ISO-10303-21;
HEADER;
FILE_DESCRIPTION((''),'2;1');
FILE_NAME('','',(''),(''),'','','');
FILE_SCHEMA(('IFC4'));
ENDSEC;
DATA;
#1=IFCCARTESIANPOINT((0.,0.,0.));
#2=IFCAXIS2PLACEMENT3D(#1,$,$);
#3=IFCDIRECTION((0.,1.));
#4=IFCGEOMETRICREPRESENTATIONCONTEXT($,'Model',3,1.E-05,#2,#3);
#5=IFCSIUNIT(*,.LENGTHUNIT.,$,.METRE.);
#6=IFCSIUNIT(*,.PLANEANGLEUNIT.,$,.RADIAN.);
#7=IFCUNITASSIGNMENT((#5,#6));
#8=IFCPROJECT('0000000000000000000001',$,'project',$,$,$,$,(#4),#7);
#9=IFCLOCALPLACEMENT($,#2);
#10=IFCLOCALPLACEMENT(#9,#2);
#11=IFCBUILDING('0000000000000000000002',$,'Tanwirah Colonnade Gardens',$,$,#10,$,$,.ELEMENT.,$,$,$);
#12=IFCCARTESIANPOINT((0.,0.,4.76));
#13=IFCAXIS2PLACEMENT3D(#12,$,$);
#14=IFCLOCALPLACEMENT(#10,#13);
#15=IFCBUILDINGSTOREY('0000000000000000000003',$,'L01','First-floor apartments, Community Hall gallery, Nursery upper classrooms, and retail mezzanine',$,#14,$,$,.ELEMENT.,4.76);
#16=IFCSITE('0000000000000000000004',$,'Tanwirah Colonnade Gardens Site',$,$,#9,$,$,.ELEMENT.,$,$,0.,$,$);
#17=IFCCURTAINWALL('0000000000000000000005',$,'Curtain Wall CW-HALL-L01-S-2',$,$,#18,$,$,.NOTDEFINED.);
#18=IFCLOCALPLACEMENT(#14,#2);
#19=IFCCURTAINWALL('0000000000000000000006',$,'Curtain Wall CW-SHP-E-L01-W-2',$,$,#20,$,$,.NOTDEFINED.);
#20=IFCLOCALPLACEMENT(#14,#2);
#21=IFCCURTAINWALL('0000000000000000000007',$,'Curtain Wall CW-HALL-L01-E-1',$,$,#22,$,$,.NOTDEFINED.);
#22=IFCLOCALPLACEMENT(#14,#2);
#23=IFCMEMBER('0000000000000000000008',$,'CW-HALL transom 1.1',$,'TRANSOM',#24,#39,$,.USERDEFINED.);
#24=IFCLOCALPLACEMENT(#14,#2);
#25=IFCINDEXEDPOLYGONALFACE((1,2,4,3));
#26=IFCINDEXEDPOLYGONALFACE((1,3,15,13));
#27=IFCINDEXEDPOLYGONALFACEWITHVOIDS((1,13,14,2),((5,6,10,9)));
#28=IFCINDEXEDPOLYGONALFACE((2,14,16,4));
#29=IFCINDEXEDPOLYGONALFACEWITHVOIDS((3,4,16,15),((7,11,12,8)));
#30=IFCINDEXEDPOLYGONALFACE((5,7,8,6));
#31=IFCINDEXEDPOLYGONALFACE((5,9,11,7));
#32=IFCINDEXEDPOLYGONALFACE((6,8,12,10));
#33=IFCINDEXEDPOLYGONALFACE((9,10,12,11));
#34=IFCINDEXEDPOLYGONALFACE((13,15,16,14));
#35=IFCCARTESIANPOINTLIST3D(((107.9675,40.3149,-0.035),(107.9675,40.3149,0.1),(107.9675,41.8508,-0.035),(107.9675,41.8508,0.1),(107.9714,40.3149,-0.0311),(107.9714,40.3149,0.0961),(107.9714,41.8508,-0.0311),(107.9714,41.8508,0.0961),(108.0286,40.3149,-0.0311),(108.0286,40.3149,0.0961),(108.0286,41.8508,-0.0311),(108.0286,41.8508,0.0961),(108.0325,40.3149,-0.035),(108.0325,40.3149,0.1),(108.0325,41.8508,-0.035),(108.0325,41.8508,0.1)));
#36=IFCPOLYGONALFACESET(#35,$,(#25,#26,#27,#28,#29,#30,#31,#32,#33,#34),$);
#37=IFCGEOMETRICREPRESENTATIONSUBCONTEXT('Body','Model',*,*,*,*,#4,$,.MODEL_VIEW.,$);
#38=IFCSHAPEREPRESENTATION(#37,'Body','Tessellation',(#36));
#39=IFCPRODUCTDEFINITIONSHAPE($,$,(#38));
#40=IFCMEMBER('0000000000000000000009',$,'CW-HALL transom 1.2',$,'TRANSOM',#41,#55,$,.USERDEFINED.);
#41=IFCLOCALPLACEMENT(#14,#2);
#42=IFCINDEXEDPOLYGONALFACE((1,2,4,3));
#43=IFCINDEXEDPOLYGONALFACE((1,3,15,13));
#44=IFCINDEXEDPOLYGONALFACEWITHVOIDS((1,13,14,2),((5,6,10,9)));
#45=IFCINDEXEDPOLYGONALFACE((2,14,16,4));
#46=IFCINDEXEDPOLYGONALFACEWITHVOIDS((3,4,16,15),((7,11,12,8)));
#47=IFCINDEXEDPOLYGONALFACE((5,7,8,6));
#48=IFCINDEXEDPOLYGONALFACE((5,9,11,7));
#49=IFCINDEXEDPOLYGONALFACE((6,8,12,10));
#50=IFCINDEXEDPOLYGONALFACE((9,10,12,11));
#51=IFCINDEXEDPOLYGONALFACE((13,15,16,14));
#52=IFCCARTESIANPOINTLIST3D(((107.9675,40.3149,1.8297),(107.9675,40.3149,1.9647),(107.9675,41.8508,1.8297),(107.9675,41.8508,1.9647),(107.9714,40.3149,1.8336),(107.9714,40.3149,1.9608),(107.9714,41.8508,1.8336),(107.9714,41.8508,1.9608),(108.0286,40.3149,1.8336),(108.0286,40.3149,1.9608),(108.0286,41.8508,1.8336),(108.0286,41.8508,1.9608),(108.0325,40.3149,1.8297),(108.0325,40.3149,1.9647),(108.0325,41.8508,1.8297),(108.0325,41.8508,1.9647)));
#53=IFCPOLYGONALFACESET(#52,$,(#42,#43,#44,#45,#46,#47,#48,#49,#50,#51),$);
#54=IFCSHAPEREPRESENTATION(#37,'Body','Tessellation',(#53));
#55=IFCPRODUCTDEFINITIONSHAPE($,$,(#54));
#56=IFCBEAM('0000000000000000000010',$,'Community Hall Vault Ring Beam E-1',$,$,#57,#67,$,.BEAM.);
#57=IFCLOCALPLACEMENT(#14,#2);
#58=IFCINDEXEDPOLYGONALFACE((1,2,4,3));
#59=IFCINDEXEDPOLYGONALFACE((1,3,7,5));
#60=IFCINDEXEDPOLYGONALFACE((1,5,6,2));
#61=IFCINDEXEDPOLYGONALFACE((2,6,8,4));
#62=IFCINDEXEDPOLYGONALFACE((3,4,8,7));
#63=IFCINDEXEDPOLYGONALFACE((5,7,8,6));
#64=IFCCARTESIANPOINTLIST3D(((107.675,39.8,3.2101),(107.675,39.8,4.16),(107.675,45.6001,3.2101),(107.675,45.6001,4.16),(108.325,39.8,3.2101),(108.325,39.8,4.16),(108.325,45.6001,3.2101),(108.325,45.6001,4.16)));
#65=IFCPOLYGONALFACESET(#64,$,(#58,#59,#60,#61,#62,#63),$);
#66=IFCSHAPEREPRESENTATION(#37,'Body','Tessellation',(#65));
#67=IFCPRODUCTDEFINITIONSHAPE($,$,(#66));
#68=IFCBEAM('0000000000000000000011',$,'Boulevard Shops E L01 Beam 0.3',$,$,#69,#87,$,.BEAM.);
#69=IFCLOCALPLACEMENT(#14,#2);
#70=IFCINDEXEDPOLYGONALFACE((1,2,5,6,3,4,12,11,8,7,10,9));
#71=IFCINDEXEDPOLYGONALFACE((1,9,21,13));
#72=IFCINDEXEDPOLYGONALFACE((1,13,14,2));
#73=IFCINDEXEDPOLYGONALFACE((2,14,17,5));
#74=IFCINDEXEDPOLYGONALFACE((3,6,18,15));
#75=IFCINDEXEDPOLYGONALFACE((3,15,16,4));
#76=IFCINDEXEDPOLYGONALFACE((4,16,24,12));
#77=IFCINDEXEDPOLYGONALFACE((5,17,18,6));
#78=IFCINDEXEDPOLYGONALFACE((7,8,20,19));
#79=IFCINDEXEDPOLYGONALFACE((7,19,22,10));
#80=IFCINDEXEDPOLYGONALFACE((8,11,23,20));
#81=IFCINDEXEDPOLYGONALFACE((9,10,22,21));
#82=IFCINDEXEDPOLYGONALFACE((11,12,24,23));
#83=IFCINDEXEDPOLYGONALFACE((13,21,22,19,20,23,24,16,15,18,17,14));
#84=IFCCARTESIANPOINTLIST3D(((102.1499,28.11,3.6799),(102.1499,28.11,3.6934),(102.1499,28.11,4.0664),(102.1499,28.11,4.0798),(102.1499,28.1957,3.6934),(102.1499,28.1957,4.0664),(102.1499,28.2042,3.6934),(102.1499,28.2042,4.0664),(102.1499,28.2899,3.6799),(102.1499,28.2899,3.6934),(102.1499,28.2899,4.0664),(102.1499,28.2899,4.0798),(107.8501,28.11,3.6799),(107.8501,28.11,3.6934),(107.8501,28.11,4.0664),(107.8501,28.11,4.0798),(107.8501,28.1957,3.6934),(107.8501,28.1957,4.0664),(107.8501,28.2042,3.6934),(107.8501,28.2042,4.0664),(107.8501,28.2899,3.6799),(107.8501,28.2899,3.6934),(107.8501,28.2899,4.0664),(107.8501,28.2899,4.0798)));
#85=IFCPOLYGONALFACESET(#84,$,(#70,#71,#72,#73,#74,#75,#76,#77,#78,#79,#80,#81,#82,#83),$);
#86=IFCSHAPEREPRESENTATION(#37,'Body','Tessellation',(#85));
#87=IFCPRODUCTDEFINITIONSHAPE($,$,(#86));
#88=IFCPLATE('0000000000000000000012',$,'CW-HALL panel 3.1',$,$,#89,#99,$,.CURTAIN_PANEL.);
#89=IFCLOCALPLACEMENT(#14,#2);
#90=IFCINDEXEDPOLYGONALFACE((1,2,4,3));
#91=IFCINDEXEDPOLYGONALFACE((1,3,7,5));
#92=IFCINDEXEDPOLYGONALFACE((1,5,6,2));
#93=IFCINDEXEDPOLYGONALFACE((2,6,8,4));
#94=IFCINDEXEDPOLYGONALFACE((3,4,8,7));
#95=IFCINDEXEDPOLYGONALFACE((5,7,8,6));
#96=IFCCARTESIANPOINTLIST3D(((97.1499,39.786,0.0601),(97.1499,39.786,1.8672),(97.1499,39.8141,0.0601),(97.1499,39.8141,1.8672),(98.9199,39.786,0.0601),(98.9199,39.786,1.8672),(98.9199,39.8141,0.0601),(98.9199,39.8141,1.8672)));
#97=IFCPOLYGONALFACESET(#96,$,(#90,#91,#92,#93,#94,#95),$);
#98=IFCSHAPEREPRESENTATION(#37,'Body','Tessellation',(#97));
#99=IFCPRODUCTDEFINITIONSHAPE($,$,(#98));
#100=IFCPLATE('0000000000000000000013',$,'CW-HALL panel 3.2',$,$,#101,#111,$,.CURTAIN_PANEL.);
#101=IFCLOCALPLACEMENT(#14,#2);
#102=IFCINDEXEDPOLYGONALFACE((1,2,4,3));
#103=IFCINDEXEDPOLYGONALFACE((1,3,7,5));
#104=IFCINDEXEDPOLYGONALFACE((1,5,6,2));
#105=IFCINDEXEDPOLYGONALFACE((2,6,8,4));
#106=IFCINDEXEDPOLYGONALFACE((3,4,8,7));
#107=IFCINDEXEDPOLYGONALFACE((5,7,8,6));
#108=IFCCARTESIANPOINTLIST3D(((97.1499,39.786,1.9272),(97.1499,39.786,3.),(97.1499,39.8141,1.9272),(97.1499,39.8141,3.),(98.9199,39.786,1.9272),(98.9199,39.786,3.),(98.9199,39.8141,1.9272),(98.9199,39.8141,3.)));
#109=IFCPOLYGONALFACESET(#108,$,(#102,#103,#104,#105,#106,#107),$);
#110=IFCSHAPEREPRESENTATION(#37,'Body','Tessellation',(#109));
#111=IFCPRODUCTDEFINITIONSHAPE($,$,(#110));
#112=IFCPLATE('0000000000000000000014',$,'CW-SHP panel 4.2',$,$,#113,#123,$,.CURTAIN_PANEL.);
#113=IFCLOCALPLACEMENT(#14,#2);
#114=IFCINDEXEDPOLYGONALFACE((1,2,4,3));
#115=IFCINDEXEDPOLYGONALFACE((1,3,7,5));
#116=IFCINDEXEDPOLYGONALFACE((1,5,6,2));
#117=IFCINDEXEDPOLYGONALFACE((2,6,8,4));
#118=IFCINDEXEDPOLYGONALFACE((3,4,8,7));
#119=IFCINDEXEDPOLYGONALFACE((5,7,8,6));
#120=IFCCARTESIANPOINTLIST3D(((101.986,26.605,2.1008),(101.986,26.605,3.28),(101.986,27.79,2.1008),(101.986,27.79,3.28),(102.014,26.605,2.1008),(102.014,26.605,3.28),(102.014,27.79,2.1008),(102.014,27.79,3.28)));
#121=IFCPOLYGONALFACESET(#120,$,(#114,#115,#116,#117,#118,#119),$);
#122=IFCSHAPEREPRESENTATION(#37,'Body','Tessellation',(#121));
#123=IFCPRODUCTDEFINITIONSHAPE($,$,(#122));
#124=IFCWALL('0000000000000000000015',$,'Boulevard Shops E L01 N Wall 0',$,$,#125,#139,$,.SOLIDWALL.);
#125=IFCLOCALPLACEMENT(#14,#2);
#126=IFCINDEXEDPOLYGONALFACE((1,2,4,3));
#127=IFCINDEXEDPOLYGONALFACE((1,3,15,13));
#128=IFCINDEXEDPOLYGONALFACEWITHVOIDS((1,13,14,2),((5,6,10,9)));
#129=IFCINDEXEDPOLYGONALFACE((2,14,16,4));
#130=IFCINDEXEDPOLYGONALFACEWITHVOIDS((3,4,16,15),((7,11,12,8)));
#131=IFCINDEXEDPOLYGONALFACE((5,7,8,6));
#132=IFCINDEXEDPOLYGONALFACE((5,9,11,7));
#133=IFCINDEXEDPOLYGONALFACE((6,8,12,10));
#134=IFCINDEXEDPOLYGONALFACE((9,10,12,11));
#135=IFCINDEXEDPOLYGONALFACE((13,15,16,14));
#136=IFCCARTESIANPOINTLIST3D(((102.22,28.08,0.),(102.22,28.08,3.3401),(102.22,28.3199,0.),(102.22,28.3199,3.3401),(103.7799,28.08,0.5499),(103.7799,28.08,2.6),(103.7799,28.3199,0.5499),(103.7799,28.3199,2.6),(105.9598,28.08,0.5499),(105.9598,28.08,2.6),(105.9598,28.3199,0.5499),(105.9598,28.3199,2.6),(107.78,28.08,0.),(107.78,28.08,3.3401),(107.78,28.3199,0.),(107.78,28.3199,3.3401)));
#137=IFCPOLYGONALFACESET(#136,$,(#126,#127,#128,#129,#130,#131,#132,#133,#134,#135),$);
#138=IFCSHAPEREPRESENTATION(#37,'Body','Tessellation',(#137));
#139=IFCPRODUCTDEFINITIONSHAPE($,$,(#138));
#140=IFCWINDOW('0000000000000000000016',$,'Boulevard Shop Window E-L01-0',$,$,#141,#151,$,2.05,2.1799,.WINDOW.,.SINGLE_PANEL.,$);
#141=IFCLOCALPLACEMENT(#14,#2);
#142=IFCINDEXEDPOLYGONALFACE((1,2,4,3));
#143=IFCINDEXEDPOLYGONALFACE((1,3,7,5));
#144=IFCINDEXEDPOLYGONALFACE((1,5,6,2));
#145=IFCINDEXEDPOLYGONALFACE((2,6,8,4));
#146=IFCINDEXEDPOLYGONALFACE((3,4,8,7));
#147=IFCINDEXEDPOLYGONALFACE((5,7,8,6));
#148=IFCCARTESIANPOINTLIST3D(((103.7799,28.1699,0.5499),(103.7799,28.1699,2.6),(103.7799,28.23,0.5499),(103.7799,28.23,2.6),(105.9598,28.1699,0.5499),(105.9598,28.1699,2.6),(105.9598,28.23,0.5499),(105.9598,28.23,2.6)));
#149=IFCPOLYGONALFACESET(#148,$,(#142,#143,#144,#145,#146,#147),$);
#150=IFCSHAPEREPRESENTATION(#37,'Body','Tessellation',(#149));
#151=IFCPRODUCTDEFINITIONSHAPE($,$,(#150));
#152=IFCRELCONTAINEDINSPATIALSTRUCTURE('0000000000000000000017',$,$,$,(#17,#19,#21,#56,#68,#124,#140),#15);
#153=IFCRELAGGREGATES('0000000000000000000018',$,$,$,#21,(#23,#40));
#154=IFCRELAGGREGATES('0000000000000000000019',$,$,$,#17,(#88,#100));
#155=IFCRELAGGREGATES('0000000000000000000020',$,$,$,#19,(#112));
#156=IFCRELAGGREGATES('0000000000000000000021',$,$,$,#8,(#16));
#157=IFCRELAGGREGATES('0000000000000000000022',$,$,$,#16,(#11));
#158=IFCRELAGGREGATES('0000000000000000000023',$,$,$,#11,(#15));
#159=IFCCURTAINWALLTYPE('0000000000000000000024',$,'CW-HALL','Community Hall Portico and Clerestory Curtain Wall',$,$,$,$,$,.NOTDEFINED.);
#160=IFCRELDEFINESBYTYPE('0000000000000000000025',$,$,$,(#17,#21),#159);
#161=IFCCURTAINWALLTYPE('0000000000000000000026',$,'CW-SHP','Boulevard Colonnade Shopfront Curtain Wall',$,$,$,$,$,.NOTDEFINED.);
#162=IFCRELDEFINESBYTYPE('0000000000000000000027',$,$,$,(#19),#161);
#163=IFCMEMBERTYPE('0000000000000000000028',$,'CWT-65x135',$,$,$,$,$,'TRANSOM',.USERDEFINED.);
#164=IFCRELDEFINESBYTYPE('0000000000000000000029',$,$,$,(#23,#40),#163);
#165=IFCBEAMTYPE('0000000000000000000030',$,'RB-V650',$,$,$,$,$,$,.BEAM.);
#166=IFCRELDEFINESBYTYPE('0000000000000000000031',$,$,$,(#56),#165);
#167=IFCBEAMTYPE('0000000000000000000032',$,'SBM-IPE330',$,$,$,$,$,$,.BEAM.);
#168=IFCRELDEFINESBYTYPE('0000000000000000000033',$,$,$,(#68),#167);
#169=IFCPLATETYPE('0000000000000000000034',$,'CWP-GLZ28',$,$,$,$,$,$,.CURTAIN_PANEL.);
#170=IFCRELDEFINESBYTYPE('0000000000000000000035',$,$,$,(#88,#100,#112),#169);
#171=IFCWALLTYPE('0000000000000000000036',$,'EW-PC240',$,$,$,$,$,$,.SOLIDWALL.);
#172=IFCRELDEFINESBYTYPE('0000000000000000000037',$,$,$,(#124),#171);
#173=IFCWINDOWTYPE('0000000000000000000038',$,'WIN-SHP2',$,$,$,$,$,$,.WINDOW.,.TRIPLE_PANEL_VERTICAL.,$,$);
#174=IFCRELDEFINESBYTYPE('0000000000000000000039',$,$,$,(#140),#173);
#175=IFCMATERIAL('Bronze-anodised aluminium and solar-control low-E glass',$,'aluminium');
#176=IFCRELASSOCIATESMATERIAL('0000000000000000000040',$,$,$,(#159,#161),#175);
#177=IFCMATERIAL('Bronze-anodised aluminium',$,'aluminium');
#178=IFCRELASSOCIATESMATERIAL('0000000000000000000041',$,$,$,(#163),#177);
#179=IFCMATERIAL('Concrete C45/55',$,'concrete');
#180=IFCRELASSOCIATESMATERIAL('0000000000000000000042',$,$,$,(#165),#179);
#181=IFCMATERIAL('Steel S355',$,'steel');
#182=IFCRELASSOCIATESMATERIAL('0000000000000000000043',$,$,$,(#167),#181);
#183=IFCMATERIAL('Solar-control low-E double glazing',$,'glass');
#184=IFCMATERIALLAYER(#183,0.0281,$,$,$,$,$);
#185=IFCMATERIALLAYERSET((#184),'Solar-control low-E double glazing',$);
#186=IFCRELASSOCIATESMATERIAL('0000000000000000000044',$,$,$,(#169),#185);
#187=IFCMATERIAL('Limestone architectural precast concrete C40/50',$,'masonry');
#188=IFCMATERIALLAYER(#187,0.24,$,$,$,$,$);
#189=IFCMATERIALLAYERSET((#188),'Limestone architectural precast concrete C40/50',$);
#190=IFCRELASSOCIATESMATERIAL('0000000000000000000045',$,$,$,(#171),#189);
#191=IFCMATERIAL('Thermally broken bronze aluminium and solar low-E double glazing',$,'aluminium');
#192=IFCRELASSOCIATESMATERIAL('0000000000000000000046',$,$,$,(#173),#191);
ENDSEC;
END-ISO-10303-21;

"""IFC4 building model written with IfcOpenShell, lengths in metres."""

from ifc_helpers import new_model, si_unit, direction, frame, frame_2d, origin, origin_2d, place, context, subcontext, project, spatial, rectangle, hollow_rectangle, i_section, extrude, material, layer, layer_set, material_profile, profile_set, type_object, element, fill, aggregate, save


model = new_model("IFC4")

# Units and contexts
model_context = context("Model", 3, precision=1e-05, world=origin(), true_north=direction((0.0, 1.0)))
body_context = subcontext(model_context, "Body", "Model", "MODEL_VIEW")
ifc_project = project(units=[si_unit("LENGTHUNIT", "METRE"), si_unit("PLANEANGLEUNIT", "RADIAN")], contexts=[model_context])

# Site, building, storey
site_placement = place(None, origin())
site = spatial("IfcSite", under=ifc_project, at=site_placement, Name="Tanwirah Colonnade Gardens Site", CompositionType="ELEMENT", RefElevation=0.0)
building_placement = place(site_placement, origin())
building = spatial("IfcBuilding", under=site, at=building_placement, Name="Tanwirah Colonnade Gardens", CompositionType="ELEMENT")
storey_placement = place(building_placement, frame((0.0, 0.0, 4.76)))
storey = spatial("IfcBuildingStorey", under=building, at=storey_placement, Name="L01", Description="First-floor apartments, Community Hall gallery, Nursery upper classrooms, and retail mezzanine", CompositionType="ELEMENT", Elevation=4.76)

# Shared definitions
ifc_material_1 = material(Name="Concrete C45/55", Category="concrete")

# Curtain wall
ifc_material_2 = material(Name="Bronze-anodised aluminium and solar-control low-E glass", Category="aluminium")
curtain_wall_type_1 = type_object("IfcCurtainWallType", Name="CW-HALL", Description="Community Hall Portico and Clerestory Curtain Wall", PredefinedType="NOTDEFINED", material=ifc_material_2)
curtain_wall_1_placement = place(storey_placement, origin())
curtain_wall_1 = element("IfcCurtainWall", 1, at=curtain_wall_1_placement, inside=storey, type_object=curtain_wall_type_1, Name="Curtain Wall CW-HALL-L01-S-2", PredefinedType="NOTDEFINED")
ifc_material_3 = material(Name="Bronze-anodised aluminium", Category="aluminium")

# Curtain walls
curtain_wall_type_2 = type_object("IfcCurtainWallType", Name="CW-SHP", Description="Boulevard Colonnade Shopfront Curtain Wall", PredefinedType="NOTDEFINED", material=ifc_material_2)
curtain_wall_2_placement = place(storey_placement, origin())
curtain_wall_2 = element("IfcCurtainWall", 2, at=curtain_wall_2_placement, inside=storey, type_object=curtain_wall_type_2, Name="Curtain Wall CW-SHP-E-L01-W-2", PredefinedType="NOTDEFINED")
curtain_wall_3_placement = place(storey_placement, origin())
curtain_wall_3 = element("IfcCurtainWall", 3, at=curtain_wall_3_placement, inside=storey, type_object=curtain_wall_type_1, Name="Curtain Wall CW-HALL-L01-E-1", PredefinedType="NOTDEFINED")

# Members
ifc_material_profile_1 = material_profile(ifc_material_3, hollow_rectangle(XDim=0.0649, YDim=0.135, WallThickness=0.0039, at=origin_2d()), Name="CW-TRN 65x135x4")
ifc_profile_set_1 = profile_set([ifc_material_profile_1], Name="Bronze-anodised aluminium")
member_type_1 = type_object("IfcMemberType", Name="CWT-65x135", ElementType="TRANSOM", PredefinedType="USERDEFINED", material=ifc_profile_set_1)
member_1_placement = place(storey_placement, frame((108.0, 40.3149, 0.0325), z_axis=(0.0, 1.0, 0.0), x_axis=(-1.0, 0.0, 0.0)))
member_1 = element("IfcMember", 4, at=member_1_placement, type_object=member_type_1, Name="CW-HALL transom 1.1", ObjectType="TRANSOM", PredefinedType="USERDEFINED", context=body_context, shape_type="SweptSolid", body=[
    extrude(hollow_rectangle(XDim=0.0649, YDim=0.135, WallThickness=0.0039, at=origin_2d()), origin(), (0.0, 0.0, 1.0), 1.5359),
])
member_2_placement = place(storey_placement, frame((108.0, 40.3149, 1.8972), z_axis=(0.0, 1.0, 0.0), x_axis=(-1.0, 0.0, 0.0)))
member_2 = element("IfcMember", 5, at=member_2_placement, type_object=member_type_1, Name="CW-HALL transom 1.2", ObjectType="TRANSOM", PredefinedType="USERDEFINED", context=body_context, shape_type="SweptSolid", body=[
    extrude(hollow_rectangle(XDim=0.0649, YDim=0.135, WallThickness=0.0039, at=origin_2d()), origin(), (0.0, 0.0, 1.0), 1.5359),
])
aggregate(curtain_wall_3, [member_1, member_2])

# Beams
ifc_material_profile_2 = material_profile(ifc_material_1, rectangle(XDim=0.6499, YDim=0.95, at=origin_2d()), Name="RC-RB 650x950")
ifc_profile_set_2 = profile_set([ifc_material_profile_2], Name="Concrete C45/55")
beam_type_1 = type_object("IfcBeamType", Name="RB-V650", PredefinedType="BEAM", material=ifc_profile_set_2)
beam_1_placement = place(storey_placement, frame((108.0, 39.8, 3.6851), z_axis=(0.0, 1.0, 0.0), x_axis=(-1.0, 0.0, 0.0)))
element("IfcBeam", 6, at=beam_1_placement, inside=storey, type_object=beam_type_1, Name="Community Hall Vault Ring Beam E-1", PredefinedType="BEAM", context=body_context, shape_type="SweptSolid", body=[
    extrude(rectangle(XDim=0.6499, YDim=0.95, at=origin_2d()), origin(), (0.0, 0.0, 1.0), 5.8),
])
ifc_material_4 = material(Name="Steel S355", Category="steel")
ifc_material_profile_3 = material_profile(ifc_material_4, i_section(OverallWidth=0.1799, OverallDepth=0.3999, WebThickness=0.0085, FlangeThickness=0.0134, at=origin_2d()), Name="IPE 400")
ifc_profile_set_3 = profile_set([ifc_material_profile_3], Name="Steel S355")
beam_type_2 = type_object("IfcBeamType", Name="SBM-IPE330", PredefinedType="BEAM", material=ifc_profile_set_3)
beam_2_placement = place(storey_placement, frame((102.1499, 28.2, 3.8799), z_axis=(1.0, 0.0, 0.0), x_axis=(0.0, 1.0, 0.0)))
element("IfcBeam", 7, at=beam_2_placement, inside=storey, type_object=beam_type_2, Name="Boulevard Shops E L01 Beam 0.3", PredefinedType="BEAM", context=body_context, shape_type="SweptSolid", body=[
    extrude(i_section(OverallWidth=0.1799, OverallDepth=0.3999, WebThickness=0.0085, FlangeThickness=0.0134, at=origin_2d()), origin(), (0.0, 0.0, 1.0), 5.7002),
])

# Plates
ifc_material_5 = material(Name="Solar-control low-E double glazing", Category="glass")
ifc_layer_1 = layer(ifc_material_5, 0.0281)
ifc_layer_set_1 = layer_set([ifc_layer_1], Name="Solar-control low-E double glazing")
plate_type = type_object("IfcPlateType", Name="CWP-GLZ28", PredefinedType="CURTAIN_PANEL", material=ifc_layer_set_1)
plate_1_placement = place(storey_placement, frame((98.0349, 39.8, 0.0601), z_axis=(0.0, 0.0, 1.0), x_axis=(1.0, 0.0, 0.0)))
plate_1 = element("IfcPlate", 8, at=plate_1_placement, type_object=plate_type, Name="CW-HALL panel 3.1", PredefinedType="CURTAIN_PANEL", context=body_context, shape_type="SweptSolid", body=[
    extrude(rectangle(XDim=1.77, YDim=0.0281, at=origin_2d()), origin(), (0.0, 0.0, 1.0), 1.8071),
])
plate_2_placement = place(storey_placement, frame((98.0349, 39.8, 1.9272), z_axis=(0.0, 0.0, 1.0), x_axis=(1.0, 0.0, 0.0)))
plate_2 = element("IfcPlate", 9, at=plate_2_placement, type_object=plate_type, Name="CW-HALL panel 3.2", PredefinedType="CURTAIN_PANEL", context=body_context, shape_type="SweptSolid", body=[
    extrude(rectangle(XDim=1.77, YDim=0.0281, at=origin_2d()), origin(), (0.0, 0.0, 1.0), 1.0728),
])
aggregate(curtain_wall_1, [plate_1, plate_2])
plate_3_placement = place(storey_placement, frame((102.0, 27.1975, 2.1008), z_axis=(0.0, 0.0, 1.0), x_axis=(0.0, 1.0, 0.0)))
plate_3 = element("IfcPlate", 10, at=plate_3_placement, type_object=plate_type, Name="CW-SHP panel 4.2", PredefinedType="CURTAIN_PANEL", context=body_context, shape_type="SweptSolid", body=[
    extrude(rectangle(XDim=1.1851, YDim=0.0281, at=origin_2d()), origin(), (0.0, 0.0, 1.0), 1.1792),
])
aggregate(curtain_wall_2, [plate_3])

# Wall, opening, window
ifc_material_6 = material(Name="Limestone architectural precast concrete C40/50", Category="masonry")
ifc_layer_2 = layer(ifc_material_6, 0.24)
ifc_layer_set_2 = layer_set([ifc_layer_2], Name="Limestone architectural precast concrete C40/50")
wall_type = type_object("IfcWallType", Name="EW-PC240", PredefinedType="SOLIDWALL", material=ifc_layer_set_2)
wall_placement = place(storey_placement, frame((102.22, 28.2, 0.0), z_axis=(0.0, 0.0, 1.0), x_axis=(1.0, 0.0, 0.0)))
wall = element("IfcWall", 11, at=wall_placement, inside=storey, type_object=wall_type, Name="Boulevard Shops E L01 N Wall 0", PredefinedType="SOLIDWALL", context=body_context, shape_type="SweptSolid", body=[
    extrude(rectangle(XDim=5.5601, YDim=0.24, at=frame_2d((2.78, 0.0))), origin(), (0.0, 0.0, 1.0), 3.3401),
])
opening_placement = place(wall_placement, frame((1.5601, 0.0, 0.55)))
opening = element("IfcOpeningElement", 12, at=opening_placement, cuts=wall, PredefinedType="OPENING", context=body_context, shape_type="SweptSolid", body=[
    extrude(rectangle(XDim=2.1799, YDim=2.05, at=frame_2d((1.0898, 1.0249))), frame((0.0, 0.1299, 0.0), z_axis=(0.0, -1.0, 0.0), x_axis=(1.0, 0.0, 0.0)), (0.0, 0.0, 1.0), 0.26),
])
ifc_material_7 = material(Name="Thermally broken bronze aluminium and solar low-E double glazing", Category="aluminium")
window_type = type_object("IfcWindowType", Name="WIN-SHP2", PartitioningType="TRIPLE_PANEL_VERTICAL", PredefinedType="WINDOW", material=ifc_material_7)
window_placement = place(opening_placement, origin())
window = element("IfcWindow", 13, at=window_placement, inside=storey, type_object=window_type, Name="Boulevard Shop Window E-L01-0", OverallHeight=2.05, OverallWidth=2.1799, PartitioningType="SINGLE_PANEL", PredefinedType="WINDOW", context=body_context, shape_type="SweptSolid", body=[
    extrude(rectangle(XDim=2.1799, YDim=2.05, at=frame_2d((1.0898, 1.0249))), frame((0.0, 0.03, 0.0), z_axis=(0.0, -1.0, 0.0), x_axis=(1.0, 0.0, 0.0)), (0.0, 0.0, 1.0), 0.0601),
])
fill(opening, window)

save(model, "model.ifc")
